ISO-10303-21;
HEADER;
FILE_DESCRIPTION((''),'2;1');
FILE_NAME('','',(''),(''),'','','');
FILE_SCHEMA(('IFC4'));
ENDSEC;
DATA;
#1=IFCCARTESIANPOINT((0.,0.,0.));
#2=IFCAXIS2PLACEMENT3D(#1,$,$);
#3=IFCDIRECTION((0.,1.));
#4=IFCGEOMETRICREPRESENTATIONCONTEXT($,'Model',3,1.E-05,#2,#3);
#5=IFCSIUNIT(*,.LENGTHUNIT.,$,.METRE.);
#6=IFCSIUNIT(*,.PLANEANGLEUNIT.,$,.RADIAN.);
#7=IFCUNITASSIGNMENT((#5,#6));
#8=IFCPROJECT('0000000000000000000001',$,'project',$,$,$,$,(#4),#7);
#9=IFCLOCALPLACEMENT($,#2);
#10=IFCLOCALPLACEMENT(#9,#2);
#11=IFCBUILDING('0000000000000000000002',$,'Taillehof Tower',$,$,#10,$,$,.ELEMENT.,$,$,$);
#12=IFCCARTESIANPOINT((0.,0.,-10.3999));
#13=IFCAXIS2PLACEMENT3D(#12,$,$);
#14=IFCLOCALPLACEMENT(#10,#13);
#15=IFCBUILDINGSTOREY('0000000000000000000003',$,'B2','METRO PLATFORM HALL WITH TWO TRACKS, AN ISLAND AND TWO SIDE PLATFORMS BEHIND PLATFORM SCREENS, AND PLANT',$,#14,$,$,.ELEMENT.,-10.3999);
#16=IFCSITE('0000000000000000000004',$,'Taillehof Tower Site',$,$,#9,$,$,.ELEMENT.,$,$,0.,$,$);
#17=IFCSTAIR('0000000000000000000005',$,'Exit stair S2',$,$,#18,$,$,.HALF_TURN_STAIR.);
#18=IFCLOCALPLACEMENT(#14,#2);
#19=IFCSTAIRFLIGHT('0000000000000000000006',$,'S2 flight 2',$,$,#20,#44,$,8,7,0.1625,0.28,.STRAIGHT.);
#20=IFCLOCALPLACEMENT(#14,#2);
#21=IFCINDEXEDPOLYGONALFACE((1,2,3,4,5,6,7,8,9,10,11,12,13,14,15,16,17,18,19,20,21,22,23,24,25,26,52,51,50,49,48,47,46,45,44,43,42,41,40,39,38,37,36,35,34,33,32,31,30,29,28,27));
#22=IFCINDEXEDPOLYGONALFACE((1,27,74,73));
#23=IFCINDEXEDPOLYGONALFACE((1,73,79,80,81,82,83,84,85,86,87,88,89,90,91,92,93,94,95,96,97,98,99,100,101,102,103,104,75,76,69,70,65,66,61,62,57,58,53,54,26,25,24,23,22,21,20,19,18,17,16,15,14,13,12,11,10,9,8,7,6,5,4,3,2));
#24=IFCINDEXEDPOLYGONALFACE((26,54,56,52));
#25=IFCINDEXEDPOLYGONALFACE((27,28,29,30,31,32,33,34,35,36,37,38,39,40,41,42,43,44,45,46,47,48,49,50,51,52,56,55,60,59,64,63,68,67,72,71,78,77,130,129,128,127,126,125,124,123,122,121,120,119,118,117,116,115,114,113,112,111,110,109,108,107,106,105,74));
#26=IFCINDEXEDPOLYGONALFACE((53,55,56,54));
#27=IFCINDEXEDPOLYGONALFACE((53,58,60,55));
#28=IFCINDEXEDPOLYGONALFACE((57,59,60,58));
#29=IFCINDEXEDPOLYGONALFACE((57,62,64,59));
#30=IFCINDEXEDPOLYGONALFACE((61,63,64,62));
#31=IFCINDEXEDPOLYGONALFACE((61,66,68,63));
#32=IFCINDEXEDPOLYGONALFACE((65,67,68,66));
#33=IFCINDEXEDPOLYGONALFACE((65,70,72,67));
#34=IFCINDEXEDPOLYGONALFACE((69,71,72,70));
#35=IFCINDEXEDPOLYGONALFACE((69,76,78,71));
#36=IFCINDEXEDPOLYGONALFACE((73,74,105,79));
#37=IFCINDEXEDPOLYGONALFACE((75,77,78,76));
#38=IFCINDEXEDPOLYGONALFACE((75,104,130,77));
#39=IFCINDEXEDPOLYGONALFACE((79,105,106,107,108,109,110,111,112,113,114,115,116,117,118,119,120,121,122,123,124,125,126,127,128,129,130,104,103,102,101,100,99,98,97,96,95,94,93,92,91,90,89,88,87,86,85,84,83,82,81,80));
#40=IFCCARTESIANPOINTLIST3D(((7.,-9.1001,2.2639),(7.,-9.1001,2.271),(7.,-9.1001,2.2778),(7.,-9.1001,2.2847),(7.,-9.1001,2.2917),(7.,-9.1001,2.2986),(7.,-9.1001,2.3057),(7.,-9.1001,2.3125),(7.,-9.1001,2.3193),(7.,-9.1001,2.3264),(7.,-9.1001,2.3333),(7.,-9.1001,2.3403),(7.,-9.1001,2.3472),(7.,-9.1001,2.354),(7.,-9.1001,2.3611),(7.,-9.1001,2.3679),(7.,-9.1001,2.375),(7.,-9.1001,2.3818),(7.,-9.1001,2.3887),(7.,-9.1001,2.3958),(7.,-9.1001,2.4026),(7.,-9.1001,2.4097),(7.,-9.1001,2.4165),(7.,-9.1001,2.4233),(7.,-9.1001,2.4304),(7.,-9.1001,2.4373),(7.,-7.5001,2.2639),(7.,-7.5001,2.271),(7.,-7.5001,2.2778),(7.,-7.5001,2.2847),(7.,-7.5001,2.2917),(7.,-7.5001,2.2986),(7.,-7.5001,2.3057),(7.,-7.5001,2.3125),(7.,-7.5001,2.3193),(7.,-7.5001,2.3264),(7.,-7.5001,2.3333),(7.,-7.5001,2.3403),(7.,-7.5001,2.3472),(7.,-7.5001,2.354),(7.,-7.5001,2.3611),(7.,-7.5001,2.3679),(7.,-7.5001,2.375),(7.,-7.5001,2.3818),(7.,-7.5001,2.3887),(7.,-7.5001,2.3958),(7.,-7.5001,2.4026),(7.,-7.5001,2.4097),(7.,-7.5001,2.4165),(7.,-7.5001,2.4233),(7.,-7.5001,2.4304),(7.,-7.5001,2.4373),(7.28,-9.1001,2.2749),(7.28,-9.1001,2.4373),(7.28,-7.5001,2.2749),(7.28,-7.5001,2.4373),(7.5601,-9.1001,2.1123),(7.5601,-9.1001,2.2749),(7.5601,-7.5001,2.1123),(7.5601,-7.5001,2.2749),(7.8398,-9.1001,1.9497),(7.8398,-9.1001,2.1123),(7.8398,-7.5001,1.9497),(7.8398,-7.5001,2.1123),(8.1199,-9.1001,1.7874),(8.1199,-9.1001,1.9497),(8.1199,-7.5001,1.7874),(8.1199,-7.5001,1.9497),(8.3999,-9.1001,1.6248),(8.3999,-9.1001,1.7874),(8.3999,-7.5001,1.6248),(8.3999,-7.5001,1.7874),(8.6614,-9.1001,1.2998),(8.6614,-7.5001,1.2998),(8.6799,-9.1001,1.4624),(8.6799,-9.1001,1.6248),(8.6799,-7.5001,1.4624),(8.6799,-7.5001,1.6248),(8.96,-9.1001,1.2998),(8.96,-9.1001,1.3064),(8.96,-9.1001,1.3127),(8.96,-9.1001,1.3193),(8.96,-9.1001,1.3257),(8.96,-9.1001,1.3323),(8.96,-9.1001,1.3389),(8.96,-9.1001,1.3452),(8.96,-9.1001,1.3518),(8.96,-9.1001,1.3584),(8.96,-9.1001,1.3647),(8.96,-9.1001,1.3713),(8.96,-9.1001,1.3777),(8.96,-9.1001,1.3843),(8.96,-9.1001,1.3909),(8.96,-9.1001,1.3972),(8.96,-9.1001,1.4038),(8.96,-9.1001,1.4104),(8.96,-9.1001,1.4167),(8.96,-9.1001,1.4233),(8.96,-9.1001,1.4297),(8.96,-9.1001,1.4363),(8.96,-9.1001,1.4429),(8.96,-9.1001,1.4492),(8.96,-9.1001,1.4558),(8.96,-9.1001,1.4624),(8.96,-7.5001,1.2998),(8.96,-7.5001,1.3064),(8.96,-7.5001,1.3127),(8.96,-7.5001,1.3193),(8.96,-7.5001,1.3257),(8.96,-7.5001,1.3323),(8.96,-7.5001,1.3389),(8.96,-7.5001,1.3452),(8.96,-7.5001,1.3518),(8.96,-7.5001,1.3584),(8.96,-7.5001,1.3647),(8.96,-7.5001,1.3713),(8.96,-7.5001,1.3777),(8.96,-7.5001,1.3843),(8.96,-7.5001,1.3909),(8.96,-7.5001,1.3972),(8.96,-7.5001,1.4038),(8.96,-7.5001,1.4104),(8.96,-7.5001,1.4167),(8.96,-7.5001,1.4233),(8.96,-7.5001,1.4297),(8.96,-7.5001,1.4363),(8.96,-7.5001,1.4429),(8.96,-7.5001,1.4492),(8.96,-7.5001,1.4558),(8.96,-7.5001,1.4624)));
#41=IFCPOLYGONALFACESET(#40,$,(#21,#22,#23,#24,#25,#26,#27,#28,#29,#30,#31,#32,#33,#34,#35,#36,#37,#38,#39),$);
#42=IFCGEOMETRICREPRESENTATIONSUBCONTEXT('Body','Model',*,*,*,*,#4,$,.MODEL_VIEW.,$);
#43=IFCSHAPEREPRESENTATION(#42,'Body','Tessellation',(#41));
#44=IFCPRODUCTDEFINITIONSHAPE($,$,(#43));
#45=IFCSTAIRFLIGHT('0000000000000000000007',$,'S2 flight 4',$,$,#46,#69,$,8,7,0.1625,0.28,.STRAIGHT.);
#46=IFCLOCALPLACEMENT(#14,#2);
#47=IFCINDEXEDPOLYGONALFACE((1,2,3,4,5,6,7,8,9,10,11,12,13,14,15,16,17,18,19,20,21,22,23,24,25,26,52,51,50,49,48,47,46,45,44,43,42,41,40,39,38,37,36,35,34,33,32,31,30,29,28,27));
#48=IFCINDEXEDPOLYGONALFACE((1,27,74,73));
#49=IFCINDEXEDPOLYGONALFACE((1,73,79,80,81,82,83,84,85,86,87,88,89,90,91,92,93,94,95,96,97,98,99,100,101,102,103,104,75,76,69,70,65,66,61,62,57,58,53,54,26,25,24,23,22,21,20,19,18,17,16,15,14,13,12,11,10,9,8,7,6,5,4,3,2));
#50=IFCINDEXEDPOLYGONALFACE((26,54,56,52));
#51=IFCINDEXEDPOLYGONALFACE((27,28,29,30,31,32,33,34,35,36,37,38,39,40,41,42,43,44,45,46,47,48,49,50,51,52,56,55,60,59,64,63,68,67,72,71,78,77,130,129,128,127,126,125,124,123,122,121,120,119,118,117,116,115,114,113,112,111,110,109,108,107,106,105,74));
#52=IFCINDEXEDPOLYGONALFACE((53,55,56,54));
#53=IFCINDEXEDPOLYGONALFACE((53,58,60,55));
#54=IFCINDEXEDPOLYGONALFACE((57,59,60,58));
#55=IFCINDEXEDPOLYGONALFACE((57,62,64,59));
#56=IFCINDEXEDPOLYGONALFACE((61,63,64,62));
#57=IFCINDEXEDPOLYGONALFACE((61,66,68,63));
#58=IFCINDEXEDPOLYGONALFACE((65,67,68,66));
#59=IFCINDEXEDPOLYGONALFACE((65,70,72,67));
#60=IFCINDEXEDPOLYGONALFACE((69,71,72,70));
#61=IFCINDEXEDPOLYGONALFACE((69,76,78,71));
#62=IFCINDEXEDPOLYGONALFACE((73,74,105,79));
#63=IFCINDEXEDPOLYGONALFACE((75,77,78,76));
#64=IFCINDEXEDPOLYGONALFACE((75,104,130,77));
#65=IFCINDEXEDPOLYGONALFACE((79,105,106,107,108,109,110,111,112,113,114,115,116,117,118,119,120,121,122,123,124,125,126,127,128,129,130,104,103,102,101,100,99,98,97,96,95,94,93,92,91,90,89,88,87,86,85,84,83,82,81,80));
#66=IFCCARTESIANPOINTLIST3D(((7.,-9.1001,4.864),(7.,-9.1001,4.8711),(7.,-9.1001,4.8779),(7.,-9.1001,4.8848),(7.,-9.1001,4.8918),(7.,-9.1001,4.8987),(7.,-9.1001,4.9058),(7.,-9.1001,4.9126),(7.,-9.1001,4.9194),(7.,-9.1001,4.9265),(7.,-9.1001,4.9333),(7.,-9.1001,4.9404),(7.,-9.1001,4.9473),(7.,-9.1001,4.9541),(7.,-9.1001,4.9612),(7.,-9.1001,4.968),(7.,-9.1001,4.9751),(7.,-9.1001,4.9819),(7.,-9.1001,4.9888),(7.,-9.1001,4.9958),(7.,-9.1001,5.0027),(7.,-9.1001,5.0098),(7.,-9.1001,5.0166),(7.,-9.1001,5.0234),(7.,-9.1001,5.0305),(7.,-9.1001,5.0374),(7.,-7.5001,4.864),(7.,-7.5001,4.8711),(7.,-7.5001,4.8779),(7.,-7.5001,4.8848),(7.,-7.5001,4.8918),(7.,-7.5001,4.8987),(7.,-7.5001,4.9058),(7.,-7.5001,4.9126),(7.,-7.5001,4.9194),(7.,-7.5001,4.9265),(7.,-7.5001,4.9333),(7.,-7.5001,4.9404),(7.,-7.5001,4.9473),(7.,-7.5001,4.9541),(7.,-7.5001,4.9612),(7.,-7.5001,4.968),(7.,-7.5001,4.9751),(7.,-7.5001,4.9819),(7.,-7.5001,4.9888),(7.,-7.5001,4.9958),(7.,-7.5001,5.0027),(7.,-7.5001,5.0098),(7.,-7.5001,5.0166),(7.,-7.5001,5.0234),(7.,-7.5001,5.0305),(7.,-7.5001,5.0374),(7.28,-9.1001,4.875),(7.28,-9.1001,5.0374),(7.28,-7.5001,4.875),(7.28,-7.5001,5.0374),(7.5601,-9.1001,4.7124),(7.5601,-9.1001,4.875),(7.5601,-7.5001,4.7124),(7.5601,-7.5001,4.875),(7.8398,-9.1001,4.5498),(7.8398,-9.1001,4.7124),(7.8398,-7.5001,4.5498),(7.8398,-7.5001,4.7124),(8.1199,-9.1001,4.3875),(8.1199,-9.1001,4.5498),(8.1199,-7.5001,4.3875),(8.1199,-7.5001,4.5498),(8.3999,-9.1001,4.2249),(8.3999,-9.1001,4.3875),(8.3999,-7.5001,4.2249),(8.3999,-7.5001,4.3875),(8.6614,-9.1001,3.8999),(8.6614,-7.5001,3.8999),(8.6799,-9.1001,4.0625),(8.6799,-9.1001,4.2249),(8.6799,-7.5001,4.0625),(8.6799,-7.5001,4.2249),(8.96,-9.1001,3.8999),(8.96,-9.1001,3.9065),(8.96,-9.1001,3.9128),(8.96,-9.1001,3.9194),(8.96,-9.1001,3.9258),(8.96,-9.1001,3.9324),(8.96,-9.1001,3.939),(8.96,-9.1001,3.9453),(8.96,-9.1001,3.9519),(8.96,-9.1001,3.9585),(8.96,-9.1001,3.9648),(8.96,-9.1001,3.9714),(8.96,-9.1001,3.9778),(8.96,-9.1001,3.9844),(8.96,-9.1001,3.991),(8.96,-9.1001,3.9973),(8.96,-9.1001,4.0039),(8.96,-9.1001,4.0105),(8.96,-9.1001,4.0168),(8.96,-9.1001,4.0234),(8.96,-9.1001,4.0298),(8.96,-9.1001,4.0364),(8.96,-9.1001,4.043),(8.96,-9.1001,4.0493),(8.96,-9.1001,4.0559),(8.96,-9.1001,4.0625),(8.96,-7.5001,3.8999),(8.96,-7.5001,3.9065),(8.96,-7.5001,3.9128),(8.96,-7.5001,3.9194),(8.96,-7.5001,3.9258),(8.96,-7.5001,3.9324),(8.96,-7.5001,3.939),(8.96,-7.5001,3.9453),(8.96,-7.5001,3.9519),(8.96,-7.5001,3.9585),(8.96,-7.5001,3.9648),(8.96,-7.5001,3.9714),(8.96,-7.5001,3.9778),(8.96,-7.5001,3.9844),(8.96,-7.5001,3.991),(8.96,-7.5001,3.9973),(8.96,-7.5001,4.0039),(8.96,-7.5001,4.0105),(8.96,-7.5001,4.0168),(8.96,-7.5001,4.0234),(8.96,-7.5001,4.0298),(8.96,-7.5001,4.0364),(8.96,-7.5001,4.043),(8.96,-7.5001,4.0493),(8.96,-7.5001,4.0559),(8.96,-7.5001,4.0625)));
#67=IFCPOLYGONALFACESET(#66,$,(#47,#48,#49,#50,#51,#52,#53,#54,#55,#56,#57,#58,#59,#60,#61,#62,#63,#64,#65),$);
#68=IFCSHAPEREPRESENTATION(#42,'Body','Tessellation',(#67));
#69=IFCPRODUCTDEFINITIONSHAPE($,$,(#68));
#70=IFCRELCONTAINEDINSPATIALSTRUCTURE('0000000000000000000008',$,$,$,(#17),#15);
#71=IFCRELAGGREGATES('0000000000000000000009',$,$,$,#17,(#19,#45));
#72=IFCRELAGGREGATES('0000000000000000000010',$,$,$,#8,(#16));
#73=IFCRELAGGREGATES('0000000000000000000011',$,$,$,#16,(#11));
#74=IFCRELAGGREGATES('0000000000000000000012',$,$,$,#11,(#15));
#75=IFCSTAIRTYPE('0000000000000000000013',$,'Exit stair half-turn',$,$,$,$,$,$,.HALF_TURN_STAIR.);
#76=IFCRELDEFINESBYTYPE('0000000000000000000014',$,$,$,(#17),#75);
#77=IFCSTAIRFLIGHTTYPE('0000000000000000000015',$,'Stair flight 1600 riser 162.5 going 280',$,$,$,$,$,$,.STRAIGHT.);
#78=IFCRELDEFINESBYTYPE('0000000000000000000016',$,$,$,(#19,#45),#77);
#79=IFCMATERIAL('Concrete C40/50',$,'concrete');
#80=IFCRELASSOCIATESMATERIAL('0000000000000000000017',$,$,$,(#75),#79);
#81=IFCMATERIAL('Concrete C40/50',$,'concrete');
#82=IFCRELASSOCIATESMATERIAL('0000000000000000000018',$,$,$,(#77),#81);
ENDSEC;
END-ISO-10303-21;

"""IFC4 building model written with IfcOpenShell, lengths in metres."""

from ifc_helpers import new_model, si_unit, direction, frame, origin, place, context, subcontext, project, spatial, polyline, outline, extrude, material, type_object, element, aggregate, save


model = new_model("IFC4")

# Units and contexts
model_context = context("Model", 3, precision=1e-05, world=origin(), true_north=direction((0.0, 1.0)))
body_context = subcontext(model_context, "Body", "Model", "MODEL_VIEW")
ifc_project = project(units=[si_unit("LENGTHUNIT", "METRE"), si_unit("PLANEANGLEUNIT", "RADIAN")], contexts=[model_context])

# Site, building, storey
site_placement = place(None, origin())
site = spatial("IfcSite", under=ifc_project, at=site_placement, Name="Taillehof Tower Site", CompositionType="ELEMENT", RefElevation=0.0)
building_placement = place(site_placement, origin())
building = spatial("IfcBuilding", under=site, at=building_placement, Name="Taillehof Tower", CompositionType="ELEMENT")
storey_placement = place(building_placement, frame((0.0, 0.0, -10.3999)))
storey = spatial("IfcBuildingStorey", under=building, at=storey_placement, Name="B2", Description="METRO PLATFORM HALL WITH TWO TRACKS, AN ISLAND AND TWO SIDE PLATFORMS BEHIND PLATFORM SCREENS, AND PLANT", CompositionType="ELEMENT", Elevation=-10.3999)

# Stair, stair flights
ifc_material_1 = material(Name="Concrete C40/50", Category="concrete")
stair_type = type_object("IfcStairType", Name="Exit stair half-turn", PredefinedType="HALF_TURN_STAIR", material=ifc_material_1)
stair_placement = place(storey_placement, origin())
stair = element("IfcStair", 1, at=stair_placement, inside=storey, type_object=stair_type, Name="Exit stair S2", PredefinedType="HALF_TURN_STAIR")
ifc_material_2 = material(Name="Concrete C40/50", Category="concrete")
stair_flight_type = type_object("IfcStairFlightType", Name="Stair flight 1600 riser 162.5 going 280", PredefinedType="STRAIGHT", material=ifc_material_2)
stair_flight_1_placement = place(storey_placement, frame((8.96, -8.3, 1.2998), z_axis=(0.0, 0.0, 1.0), x_axis=(-1.0, 0.0, 0.0)))
stair_flight_1 = element("IfcStairFlight", 2, at=stair_flight_1_placement, type_object=stair_flight_type, Name="S2 flight 2", NumberOfRisers=8, NumberOfTreads=7, PredefinedType="STRAIGHT", RiserHeight=0.1625, TreadLength=0.28, context=body_context, shape_type="SweptSolid", body=[
    extrude(outline(polyline([(0.0, 0.0), (0.0, 0.0066), (0.0, 0.0129), (0.0, 0.0195), (0.0, 0.0259), (0.0, 0.0325), (0.0, 0.0391), (0.0, 0.0454), (0.0, 0.052), (0.0, 0.0586), (0.0, 0.0649), (0.0, 0.0715), (0.0, 0.0779), (0.0, 0.0845), (0.0, 0.0911), (0.0, 0.0974), (0.0, 0.104), (0.0, 0.1106), (0.0, 0.1169), (0.0, 0.1235), (0.0, 0.1299), (0.0, 0.1365), (0.0, 0.1431), (0.0, 0.1494), (0.0, 0.156), (0.0, 0.1626), (0.28, 0.1626), (0.28, 0.325), (0.5601, 0.325), (0.5601, 0.4875), (0.8401, 0.4875), (0.8401, 0.6499), (1.1201, 0.6499), (1.1201, 0.8125), (1.3999, 0.8125), (1.3999, 0.9751), (1.6799, 0.9751), (1.6799, 1.1375), (1.96, 1.1375), (1.96, 1.1306), (1.96, 1.1235), (1.96, 1.1167), (1.96, 1.1099), (1.96, 1.1028), (1.96, 1.0959), (1.96, 1.0889), (1.96, 1.082), (1.96, 1.0752), (1.96, 1.0681), (1.96, 1.0613), (1.96, 1.0542), (1.96, 1.0474), (1.96, 1.0405), (1.96, 1.0334), (1.96, 1.0266), (1.96, 1.0195), (1.96, 1.0127), (1.96, 1.0059), (1.96, 0.9988), (1.96, 0.9919), (1.96, 0.9849), (1.96, 0.978), (1.96, 0.9712), (1.96, 0.9641), (0.2986, 0.0), (0.0, 0.0)])), frame((0.0, 0.8, 0.0), z_axis=(0.0, -1.0, 0.0), x_axis=(1.0, 0.0, 0.0)), (0.0, 0.0, 1.0), 1.6),
])
stair_flight_2_placement = place(storey_placement, frame((8.96, -8.3, 3.8999), z_axis=(0.0, 0.0, 1.0), x_axis=(-1.0, 0.0, 0.0)))
stair_flight_2 = element("IfcStairFlight", 3, at=stair_flight_2_placement, type_object=stair_flight_type, Name="S2 flight 4", NumberOfRisers=8, NumberOfTreads=7, PredefinedType="STRAIGHT", RiserHeight=0.1625, TreadLength=0.28, context=body_context, shape_type="SweptSolid", body=[
    extrude(outline(polyline([(0.0, 0.0), (0.0, 0.0066), (0.0, 0.0129), (0.0, 0.0195), (0.0, 0.0259), (0.0, 0.0325), (0.0, 0.0391), (0.0, 0.0454), (0.0, 0.052), (0.0, 0.0586), (0.0, 0.0649), (0.0, 0.0715), (0.0, 0.0779), (0.0, 0.0845), (0.0, 0.0911), (0.0, 0.0974), (0.0, 0.104), (0.0, 0.1106), (0.0, 0.1169), (0.0, 0.1235), (0.0, 0.1299), (0.0, 0.1365), (0.0, 0.1431), (0.0, 0.1494), (0.0, 0.156), (0.0, 0.1626), (0.28, 0.1626), (0.28, 0.325), (0.5601, 0.325), (0.5601, 0.4875), (0.8401, 0.4875), (0.8401, 0.6499), (1.1201, 0.6499), (1.1201, 0.8125), (1.3999, 0.8125), (1.3999, 0.9751), (1.6799, 0.9751), (1.6799, 1.1375), (1.96, 1.1375), (1.96, 1.1306), (1.96, 1.1235), (1.96, 1.1167), (1.96, 1.1099), (1.96, 1.1028), (1.96, 1.0959), (1.96, 1.0889), (1.96, 1.082), (1.96, 1.0752), (1.96, 1.0681), (1.96, 1.0613), (1.96, 1.0542), (1.96, 1.0474), (1.96, 1.0405), (1.96, 1.0334), (1.96, 1.0266), (1.96, 1.0195), (1.96, 1.0127), (1.96, 1.0059), (1.96, 0.9988), (1.96, 0.9919), (1.96, 0.9849), (1.96, 0.978), (1.96, 0.9712), (1.96, 0.9641), (0.2986, 0.0), (0.0, 0.0)])), frame((0.0, 0.8, 0.0), z_axis=(0.0, -1.0, 0.0), x_axis=(1.0, 0.0, 0.0)), (0.0, 0.0, 1.0), 1.6),
])
aggregate(stair, [stair_flight_1, stair_flight_2])

save(model, "model.ifc")
